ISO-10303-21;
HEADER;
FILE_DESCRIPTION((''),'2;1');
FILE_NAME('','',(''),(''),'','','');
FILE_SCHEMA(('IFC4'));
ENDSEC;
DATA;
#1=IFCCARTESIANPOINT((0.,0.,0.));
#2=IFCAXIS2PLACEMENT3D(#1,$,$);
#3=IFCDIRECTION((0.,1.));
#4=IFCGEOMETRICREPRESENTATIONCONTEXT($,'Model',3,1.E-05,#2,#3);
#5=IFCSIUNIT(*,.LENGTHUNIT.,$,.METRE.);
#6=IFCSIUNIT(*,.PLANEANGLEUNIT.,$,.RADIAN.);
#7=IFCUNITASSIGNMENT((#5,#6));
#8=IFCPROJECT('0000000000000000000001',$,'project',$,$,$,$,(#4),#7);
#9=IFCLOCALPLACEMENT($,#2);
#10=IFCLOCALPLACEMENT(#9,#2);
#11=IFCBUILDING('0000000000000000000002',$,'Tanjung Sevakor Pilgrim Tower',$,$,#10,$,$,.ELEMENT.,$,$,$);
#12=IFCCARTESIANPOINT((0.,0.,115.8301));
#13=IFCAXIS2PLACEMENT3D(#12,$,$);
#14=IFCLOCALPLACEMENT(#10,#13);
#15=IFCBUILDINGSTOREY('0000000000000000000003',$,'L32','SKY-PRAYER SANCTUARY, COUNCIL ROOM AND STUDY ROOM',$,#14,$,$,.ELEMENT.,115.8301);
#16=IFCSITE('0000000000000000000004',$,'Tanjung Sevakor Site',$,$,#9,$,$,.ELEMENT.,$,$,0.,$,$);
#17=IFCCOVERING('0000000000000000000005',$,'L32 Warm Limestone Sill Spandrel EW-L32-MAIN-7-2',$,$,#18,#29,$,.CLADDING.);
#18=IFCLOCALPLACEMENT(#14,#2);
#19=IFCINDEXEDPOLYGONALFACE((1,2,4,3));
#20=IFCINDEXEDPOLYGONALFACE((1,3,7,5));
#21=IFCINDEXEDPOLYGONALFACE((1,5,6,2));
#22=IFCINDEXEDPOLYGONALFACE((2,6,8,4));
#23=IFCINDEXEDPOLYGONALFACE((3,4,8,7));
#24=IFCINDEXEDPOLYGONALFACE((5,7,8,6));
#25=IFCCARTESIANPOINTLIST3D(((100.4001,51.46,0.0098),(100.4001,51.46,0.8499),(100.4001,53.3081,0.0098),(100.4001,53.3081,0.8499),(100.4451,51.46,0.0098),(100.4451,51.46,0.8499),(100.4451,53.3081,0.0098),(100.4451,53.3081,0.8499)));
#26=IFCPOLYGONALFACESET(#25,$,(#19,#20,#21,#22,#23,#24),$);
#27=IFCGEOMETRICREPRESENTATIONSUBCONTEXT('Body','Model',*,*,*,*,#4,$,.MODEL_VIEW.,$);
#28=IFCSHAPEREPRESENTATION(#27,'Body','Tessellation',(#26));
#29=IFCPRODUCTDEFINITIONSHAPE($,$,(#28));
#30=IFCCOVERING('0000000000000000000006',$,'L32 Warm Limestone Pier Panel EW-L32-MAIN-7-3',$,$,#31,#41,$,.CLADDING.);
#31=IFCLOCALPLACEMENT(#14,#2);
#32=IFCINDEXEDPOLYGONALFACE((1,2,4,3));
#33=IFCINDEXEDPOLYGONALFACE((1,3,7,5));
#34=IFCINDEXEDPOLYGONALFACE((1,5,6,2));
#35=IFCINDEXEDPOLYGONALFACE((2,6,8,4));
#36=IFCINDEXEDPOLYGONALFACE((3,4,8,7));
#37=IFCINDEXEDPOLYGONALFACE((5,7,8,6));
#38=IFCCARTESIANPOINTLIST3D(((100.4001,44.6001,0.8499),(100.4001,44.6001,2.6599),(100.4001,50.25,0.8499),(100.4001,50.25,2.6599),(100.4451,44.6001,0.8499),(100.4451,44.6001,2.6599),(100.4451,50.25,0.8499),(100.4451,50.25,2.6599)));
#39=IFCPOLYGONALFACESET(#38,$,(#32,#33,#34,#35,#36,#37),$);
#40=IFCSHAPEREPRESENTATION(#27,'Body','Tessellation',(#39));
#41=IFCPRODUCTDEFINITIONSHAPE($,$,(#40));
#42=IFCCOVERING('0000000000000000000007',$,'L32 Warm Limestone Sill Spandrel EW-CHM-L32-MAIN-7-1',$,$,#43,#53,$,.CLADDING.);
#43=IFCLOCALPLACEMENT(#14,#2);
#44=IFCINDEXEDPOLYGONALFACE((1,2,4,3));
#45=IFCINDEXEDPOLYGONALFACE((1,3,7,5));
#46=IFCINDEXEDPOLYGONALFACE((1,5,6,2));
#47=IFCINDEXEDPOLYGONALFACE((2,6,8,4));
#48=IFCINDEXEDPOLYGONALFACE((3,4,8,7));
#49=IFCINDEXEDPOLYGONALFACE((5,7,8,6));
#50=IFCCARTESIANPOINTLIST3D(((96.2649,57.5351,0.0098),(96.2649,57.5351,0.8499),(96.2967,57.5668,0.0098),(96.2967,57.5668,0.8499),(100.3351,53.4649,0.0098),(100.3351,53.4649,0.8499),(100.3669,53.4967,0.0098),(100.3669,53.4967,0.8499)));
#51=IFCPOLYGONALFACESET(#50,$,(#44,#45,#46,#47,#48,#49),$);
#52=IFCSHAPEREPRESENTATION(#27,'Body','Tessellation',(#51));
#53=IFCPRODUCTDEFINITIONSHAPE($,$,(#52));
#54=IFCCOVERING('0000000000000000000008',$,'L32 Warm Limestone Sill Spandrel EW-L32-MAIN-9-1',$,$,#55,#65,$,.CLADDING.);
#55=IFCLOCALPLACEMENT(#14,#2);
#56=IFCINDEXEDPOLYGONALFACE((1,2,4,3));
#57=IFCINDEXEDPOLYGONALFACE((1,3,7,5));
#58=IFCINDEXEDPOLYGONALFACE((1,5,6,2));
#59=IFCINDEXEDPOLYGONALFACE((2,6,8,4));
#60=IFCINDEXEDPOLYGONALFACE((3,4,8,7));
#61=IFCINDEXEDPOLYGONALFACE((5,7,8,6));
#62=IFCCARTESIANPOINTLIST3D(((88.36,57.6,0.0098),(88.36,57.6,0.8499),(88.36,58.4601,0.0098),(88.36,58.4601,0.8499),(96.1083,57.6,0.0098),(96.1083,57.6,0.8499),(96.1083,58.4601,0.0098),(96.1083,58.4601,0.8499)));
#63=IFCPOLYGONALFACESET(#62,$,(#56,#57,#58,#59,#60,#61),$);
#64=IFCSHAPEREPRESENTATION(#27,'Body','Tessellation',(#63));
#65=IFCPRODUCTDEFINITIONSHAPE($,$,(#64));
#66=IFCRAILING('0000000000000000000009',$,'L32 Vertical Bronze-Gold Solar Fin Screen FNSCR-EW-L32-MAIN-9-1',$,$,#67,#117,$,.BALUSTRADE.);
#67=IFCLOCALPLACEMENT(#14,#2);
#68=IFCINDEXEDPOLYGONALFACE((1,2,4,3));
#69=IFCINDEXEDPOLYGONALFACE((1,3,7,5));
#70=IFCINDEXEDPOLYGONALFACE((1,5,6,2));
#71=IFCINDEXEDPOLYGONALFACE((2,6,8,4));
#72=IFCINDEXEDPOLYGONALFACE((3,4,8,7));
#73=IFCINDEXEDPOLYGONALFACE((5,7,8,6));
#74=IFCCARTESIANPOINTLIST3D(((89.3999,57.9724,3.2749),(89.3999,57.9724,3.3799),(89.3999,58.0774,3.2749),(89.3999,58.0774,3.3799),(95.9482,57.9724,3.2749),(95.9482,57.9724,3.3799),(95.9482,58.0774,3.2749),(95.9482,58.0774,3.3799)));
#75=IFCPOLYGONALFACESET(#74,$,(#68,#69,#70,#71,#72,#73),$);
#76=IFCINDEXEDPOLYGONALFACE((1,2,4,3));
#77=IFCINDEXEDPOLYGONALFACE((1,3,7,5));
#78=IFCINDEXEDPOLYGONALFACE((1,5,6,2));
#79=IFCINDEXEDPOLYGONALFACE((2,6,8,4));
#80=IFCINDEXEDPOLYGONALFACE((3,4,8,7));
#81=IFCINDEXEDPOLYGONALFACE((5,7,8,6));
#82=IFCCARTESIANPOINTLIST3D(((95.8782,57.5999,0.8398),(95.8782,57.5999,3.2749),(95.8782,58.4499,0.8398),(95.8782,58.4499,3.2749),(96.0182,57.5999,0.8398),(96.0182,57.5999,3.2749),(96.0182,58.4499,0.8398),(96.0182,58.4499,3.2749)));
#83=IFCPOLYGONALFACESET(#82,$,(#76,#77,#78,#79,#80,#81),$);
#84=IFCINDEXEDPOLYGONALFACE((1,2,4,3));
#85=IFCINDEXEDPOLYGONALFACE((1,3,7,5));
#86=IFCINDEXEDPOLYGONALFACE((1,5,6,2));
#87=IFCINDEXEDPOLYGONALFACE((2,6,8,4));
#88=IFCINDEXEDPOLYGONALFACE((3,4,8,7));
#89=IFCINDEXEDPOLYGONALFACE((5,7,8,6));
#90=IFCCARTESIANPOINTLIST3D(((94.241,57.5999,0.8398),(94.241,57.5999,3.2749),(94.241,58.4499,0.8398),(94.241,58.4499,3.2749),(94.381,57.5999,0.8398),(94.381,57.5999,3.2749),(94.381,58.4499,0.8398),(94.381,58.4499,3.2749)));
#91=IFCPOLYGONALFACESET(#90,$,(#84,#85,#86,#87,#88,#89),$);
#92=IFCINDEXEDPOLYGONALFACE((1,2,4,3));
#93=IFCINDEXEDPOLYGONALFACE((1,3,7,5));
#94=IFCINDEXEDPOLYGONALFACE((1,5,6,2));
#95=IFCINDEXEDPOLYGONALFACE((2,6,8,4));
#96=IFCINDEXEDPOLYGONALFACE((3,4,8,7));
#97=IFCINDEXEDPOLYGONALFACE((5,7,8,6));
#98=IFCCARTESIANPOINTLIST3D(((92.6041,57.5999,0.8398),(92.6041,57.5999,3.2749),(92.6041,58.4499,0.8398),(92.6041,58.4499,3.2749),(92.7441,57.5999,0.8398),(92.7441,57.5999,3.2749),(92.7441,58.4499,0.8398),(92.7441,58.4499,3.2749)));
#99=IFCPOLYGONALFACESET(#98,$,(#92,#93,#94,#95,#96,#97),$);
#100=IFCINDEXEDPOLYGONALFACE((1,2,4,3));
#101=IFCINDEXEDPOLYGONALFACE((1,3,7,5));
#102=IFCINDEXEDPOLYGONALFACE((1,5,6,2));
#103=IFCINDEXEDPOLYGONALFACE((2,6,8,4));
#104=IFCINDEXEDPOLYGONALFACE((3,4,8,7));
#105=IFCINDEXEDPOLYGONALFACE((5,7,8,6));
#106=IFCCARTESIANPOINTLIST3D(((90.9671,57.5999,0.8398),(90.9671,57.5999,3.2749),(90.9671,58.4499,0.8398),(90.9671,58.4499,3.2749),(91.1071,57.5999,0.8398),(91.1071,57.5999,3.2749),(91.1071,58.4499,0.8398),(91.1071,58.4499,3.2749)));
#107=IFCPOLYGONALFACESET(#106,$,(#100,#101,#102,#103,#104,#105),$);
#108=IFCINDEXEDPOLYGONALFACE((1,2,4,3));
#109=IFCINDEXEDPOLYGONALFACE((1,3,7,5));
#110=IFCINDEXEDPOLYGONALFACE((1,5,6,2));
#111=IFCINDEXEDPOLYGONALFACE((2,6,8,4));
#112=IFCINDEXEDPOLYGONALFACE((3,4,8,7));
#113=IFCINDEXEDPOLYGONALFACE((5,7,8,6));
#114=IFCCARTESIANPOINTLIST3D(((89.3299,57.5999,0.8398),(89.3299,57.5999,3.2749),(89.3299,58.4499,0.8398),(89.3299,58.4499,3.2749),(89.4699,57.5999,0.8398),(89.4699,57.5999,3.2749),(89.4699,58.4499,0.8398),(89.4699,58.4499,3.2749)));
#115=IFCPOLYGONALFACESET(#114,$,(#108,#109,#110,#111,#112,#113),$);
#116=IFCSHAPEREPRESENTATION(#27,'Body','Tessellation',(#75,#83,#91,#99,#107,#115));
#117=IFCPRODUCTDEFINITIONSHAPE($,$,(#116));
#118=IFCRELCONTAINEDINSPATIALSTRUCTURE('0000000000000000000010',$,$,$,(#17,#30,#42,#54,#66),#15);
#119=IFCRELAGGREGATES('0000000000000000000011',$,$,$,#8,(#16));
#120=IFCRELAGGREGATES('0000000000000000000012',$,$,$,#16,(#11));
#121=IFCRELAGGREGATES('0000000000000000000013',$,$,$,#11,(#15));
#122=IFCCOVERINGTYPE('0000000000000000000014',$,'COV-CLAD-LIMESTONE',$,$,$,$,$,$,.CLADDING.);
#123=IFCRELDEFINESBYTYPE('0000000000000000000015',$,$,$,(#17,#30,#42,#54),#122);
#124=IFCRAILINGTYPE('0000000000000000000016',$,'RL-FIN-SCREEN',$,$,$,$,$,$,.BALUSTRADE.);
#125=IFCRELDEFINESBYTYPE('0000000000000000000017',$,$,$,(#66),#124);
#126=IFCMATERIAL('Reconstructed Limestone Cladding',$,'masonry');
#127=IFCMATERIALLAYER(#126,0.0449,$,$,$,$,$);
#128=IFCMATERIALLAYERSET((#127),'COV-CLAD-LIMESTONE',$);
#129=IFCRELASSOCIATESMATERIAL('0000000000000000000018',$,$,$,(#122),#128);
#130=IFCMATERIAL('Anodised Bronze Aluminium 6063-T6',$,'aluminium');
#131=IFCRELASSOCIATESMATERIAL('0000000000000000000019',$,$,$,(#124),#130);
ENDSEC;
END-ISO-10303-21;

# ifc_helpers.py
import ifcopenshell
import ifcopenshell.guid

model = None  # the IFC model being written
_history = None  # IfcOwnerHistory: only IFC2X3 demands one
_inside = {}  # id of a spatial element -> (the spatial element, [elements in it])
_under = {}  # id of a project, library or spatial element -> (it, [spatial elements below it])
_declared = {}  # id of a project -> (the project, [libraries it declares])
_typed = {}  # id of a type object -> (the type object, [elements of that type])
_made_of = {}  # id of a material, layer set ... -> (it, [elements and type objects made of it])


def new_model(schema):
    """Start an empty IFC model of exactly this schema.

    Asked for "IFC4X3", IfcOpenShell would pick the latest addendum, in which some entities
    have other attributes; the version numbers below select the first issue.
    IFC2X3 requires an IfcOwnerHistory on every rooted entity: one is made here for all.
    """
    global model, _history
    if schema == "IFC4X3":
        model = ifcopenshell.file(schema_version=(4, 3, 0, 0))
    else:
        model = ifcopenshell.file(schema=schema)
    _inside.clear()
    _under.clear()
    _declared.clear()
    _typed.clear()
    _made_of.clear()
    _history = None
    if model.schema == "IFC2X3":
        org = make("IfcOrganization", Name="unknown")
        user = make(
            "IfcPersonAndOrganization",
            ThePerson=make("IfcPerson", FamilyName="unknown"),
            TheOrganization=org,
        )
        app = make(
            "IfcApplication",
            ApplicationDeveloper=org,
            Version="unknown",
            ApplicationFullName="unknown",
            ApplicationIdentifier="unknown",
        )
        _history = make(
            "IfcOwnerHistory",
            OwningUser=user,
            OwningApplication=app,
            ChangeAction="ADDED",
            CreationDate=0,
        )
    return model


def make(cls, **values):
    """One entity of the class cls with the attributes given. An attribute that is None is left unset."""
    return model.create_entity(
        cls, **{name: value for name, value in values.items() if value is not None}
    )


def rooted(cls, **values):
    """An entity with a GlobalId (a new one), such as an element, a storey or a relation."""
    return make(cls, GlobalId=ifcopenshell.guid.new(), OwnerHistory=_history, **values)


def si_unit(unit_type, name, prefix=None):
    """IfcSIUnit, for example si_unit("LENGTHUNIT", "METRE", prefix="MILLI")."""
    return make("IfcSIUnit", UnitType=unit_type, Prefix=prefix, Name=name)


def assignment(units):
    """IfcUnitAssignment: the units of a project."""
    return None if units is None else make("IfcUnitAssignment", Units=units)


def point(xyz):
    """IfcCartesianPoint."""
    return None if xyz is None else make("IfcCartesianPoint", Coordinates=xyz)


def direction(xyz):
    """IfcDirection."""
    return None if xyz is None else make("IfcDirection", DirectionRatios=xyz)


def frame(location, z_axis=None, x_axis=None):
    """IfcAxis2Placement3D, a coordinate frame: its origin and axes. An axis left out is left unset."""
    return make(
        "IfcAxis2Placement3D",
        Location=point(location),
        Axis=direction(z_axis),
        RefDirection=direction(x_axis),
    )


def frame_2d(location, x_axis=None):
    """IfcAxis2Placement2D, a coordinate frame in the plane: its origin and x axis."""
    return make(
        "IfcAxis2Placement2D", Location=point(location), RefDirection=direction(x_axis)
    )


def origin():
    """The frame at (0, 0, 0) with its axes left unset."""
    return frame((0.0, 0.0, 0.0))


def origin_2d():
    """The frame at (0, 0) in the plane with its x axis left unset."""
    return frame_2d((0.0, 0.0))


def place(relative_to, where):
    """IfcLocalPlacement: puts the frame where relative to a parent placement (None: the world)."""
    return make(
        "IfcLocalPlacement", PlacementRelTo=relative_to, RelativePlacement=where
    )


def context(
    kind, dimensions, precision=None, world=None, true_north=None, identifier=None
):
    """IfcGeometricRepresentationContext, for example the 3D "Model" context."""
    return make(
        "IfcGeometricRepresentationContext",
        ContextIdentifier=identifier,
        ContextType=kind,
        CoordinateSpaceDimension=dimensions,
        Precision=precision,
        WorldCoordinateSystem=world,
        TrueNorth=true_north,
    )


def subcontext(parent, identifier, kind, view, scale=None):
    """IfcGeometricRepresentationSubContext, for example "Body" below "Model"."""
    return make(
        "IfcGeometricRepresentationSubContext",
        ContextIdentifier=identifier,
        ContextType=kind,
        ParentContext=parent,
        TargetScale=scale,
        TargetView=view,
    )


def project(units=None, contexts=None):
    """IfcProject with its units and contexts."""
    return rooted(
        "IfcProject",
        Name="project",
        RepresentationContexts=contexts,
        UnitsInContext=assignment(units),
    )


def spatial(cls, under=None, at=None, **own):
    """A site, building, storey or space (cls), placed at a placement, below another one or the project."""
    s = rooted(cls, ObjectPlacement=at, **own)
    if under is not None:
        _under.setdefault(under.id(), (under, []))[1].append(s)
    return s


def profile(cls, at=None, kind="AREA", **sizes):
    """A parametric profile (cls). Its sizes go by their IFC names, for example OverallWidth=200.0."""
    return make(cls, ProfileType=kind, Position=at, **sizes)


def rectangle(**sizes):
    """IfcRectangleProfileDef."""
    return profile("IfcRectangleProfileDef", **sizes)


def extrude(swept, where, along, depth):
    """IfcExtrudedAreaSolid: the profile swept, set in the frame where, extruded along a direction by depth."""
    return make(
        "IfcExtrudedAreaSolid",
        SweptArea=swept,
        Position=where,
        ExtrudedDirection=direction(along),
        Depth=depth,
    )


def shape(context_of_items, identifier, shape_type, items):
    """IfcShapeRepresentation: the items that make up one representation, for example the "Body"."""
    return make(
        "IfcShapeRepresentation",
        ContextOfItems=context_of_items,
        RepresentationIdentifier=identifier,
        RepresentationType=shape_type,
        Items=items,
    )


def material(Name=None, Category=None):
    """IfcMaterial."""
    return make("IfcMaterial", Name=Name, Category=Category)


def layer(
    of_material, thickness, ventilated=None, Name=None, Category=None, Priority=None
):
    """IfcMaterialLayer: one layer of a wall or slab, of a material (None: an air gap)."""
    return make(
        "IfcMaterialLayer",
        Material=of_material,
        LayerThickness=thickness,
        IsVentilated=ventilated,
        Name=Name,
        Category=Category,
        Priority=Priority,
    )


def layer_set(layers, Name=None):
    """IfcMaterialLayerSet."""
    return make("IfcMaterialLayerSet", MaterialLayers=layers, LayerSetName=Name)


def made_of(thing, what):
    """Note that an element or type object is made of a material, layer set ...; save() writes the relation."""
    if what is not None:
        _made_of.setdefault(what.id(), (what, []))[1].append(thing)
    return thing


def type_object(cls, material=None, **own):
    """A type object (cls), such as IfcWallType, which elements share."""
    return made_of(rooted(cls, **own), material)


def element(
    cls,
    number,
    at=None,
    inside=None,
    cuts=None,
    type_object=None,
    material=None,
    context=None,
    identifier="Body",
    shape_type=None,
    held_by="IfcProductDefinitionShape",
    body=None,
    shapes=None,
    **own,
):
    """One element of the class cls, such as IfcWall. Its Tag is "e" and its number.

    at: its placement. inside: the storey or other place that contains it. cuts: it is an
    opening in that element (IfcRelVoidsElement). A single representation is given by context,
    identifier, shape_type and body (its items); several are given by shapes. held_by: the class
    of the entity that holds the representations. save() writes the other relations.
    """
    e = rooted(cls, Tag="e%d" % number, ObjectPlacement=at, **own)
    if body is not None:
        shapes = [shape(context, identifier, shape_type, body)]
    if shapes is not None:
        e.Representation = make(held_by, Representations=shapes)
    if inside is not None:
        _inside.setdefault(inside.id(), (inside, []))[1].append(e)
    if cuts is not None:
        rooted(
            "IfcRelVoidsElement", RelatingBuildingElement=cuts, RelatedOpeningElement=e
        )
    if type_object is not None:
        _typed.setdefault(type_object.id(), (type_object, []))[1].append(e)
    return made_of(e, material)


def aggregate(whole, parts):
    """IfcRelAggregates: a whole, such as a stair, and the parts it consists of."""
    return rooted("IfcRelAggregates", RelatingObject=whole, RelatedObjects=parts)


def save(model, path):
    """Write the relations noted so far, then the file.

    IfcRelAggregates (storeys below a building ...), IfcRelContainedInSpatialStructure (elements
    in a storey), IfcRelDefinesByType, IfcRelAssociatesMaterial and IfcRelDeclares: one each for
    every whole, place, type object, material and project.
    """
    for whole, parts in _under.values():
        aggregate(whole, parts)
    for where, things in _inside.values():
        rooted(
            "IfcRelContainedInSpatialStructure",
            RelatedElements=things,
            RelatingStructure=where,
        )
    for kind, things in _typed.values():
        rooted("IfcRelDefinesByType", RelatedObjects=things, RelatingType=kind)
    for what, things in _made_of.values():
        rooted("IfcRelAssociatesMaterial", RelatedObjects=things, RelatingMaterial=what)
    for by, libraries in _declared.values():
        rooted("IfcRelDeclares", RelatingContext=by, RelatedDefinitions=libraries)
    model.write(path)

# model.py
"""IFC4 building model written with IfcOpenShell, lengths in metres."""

from ifc_helpers import new_model, si_unit, direction, frame, origin, origin_2d, place, context, subcontext, project, spatial, rectangle, extrude, material, layer, layer_set, type_object, element, save


model = new_model("IFC4")

# Units and contexts
model_context = context("Model", 3, precision=1e-05, world=origin(), true_north=direction((0.0, 1.0)))
body_context = subcontext(model_context, "Body", "Model", "MODEL_VIEW")
ifc_project = project(units=[si_unit("LENGTHUNIT", "METRE"), si_unit("PLANEANGLEUNIT", "RADIAN")], contexts=[model_context])

# Site, building, storey
site_placement = place(None, origin())
site = spatial("IfcSite", under=ifc_project, at=site_placement, Name="Tanjung Sevakor Site", CompositionType="ELEMENT", RefElevation=0.0)
building_placement = place(site_placement, origin())
building = spatial("IfcBuilding", under=site, at=building_placement, Name="Tanjung Sevakor Pilgrim Tower", CompositionType="ELEMENT")
storey_placement = place(building_placement, frame((0.0, 0.0, 115.8301)))
storey = spatial("IfcBuildingStorey", under=building, at=storey_placement, Name="L32", Description="SKY-PRAYER SANCTUARY, COUNCIL ROOM AND STUDY ROOM", CompositionType="ELEMENT", Elevation=115.8301)

# Coverings
ifc_material_1 = material(Name="Reconstructed Limestone Cladding", Category="masonry")
ifc_layer_1 = layer(ifc_material_1, 0.0449)
ifc_layer_set_1 = layer_set([ifc_layer_1], Name="COV-CLAD-LIMESTONE")
covering_type = type_object("IfcCoveringType", Name="COV-CLAD-LIMESTONE", PredefinedType="CLADDING", material=ifc_layer_set_1)
covering_1_placement = place(storey_placement, frame((100.4226, 52.384, 0.0098), z_axis=(0.0, 0.0, 1.0), x_axis=(0.0, 1.0, 0.0)))
element("IfcCovering", 1, at=covering_1_placement, inside=storey, type_object=covering_type, Name="L32 Warm Limestone Sill Spandrel EW-L32-MAIN-7-2", PredefinedType="CLADDING", context=body_context, shape_type="SweptSolid", body=[
    extrude(rectangle(XDim=1.8481, YDim=0.0449, at=origin_2d()), origin(), (0.0, 0.0, 1.0), 0.8401),
])
covering_2_placement = place(storey_placement, frame((100.4226, 47.425, 0.8499), z_axis=(0.0, 0.0, 1.0), x_axis=(0.0, 1.0, 0.0)))
element("IfcCovering", 2, at=covering_2_placement, inside=storey, type_object=covering_type, Name="L32 Warm Limestone Pier Panel EW-L32-MAIN-7-3", PredefinedType="CLADDING", context=body_context, shape_type="SweptSolid", body=[
    extrude(rectangle(XDim=5.6499, YDim=0.0449, at=origin_2d()), origin(), (0.0, 0.0, 1.0), 1.8101),
])
covering_3_placement = place(storey_placement, frame((98.3159, 55.5159, 0.0098), z_axis=(0.0, 0.0, 1.0), x_axis=(-0.707107, 0.707107, 0.0)))
element("IfcCovering", 3, at=covering_3_placement, inside=storey, type_object=covering_type, Name="L32 Warm Limestone Sill Spandrel EW-CHM-L32-MAIN-7-1", PredefinedType="CLADDING", context=body_context, shape_type="SweptSolid", body=[
    extrude(rectangle(XDim=5.7561, YDim=0.0449, at=origin_2d()), origin(), (0.0, 0.0, 1.0), 0.8401),
])
covering_4_placement = place(storey_placement, frame((92.2341, 58.03, 0.0098), z_axis=(0.0, 0.0, 1.0), x_axis=(-1.0, 0.0, 0.0)))
element("IfcCovering", 4, at=covering_4_placement, inside=storey, type_object=covering_type, Name="L32 Warm Limestone Sill Spandrel EW-L32-MAIN-9-1", PredefinedType="CLADDING", context=body_context, shape_type="SweptSolid", body=[
    extrude(rectangle(XDim=7.7483, YDim=0.8601, at=origin_2d()), origin(), (0.0, 0.0, 1.0), 0.8401),
])

# Railing
ifc_material_2 = material(Name="Anodised Bronze Aluminium 6063-T6", Category="aluminium")
railing_type = type_object("IfcRailingType", Name="RL-FIN-SCREEN", PredefinedType="BALUSTRADE", material=ifc_material_2)
railing_placement = place(storey_placement, frame((95.9482, 58.0249, 0.8398)))
element("IfcRailing", 5, at=railing_placement, inside=storey, type_object=railing_type, Name="L32 Vertical Bronze-Gold Solar Fin Screen FNSCR-EW-L32-MAIN-9-1", PredefinedType="BALUSTRADE", context=body_context, shape_type="SweptSolid", body=[
    extrude(rectangle(XDim=0.105, YDim=0.105), frame((0.0, 0.0, 2.4875), z_axis=(-1.0, 0.0, 0.0), x_axis=(0.0, -1.0, 0.0)), (0.0, 0.0, 1.0), 6.5483),
    extrude(rectangle(XDim=0.14, YDim=0.85), origin(), (0.0, 0.0, 1.0), 2.4351),
    extrude(rectangle(XDim=0.14, YDim=0.85), frame((-1.6372, 0.0, 0.0)), (0.0, 0.0, 1.0), 2.4351),
    extrude(rectangle(XDim=0.14, YDim=0.85), frame((-3.2742, 0.0, 0.0)), (0.0, 0.0, 1.0), 2.4351),
    extrude(rectangle(XDim=0.14, YDim=0.85), frame((-4.9111, 0.0, 0.0)), (0.0, 0.0, 1.0), 2.4351),
    extrude(rectangle(XDim=0.14, YDim=0.85), frame((-6.5483, 0.0, 0.0)), (0.0, 0.0, 1.0), 2.4351),
])

save(model, "model.ifc")
